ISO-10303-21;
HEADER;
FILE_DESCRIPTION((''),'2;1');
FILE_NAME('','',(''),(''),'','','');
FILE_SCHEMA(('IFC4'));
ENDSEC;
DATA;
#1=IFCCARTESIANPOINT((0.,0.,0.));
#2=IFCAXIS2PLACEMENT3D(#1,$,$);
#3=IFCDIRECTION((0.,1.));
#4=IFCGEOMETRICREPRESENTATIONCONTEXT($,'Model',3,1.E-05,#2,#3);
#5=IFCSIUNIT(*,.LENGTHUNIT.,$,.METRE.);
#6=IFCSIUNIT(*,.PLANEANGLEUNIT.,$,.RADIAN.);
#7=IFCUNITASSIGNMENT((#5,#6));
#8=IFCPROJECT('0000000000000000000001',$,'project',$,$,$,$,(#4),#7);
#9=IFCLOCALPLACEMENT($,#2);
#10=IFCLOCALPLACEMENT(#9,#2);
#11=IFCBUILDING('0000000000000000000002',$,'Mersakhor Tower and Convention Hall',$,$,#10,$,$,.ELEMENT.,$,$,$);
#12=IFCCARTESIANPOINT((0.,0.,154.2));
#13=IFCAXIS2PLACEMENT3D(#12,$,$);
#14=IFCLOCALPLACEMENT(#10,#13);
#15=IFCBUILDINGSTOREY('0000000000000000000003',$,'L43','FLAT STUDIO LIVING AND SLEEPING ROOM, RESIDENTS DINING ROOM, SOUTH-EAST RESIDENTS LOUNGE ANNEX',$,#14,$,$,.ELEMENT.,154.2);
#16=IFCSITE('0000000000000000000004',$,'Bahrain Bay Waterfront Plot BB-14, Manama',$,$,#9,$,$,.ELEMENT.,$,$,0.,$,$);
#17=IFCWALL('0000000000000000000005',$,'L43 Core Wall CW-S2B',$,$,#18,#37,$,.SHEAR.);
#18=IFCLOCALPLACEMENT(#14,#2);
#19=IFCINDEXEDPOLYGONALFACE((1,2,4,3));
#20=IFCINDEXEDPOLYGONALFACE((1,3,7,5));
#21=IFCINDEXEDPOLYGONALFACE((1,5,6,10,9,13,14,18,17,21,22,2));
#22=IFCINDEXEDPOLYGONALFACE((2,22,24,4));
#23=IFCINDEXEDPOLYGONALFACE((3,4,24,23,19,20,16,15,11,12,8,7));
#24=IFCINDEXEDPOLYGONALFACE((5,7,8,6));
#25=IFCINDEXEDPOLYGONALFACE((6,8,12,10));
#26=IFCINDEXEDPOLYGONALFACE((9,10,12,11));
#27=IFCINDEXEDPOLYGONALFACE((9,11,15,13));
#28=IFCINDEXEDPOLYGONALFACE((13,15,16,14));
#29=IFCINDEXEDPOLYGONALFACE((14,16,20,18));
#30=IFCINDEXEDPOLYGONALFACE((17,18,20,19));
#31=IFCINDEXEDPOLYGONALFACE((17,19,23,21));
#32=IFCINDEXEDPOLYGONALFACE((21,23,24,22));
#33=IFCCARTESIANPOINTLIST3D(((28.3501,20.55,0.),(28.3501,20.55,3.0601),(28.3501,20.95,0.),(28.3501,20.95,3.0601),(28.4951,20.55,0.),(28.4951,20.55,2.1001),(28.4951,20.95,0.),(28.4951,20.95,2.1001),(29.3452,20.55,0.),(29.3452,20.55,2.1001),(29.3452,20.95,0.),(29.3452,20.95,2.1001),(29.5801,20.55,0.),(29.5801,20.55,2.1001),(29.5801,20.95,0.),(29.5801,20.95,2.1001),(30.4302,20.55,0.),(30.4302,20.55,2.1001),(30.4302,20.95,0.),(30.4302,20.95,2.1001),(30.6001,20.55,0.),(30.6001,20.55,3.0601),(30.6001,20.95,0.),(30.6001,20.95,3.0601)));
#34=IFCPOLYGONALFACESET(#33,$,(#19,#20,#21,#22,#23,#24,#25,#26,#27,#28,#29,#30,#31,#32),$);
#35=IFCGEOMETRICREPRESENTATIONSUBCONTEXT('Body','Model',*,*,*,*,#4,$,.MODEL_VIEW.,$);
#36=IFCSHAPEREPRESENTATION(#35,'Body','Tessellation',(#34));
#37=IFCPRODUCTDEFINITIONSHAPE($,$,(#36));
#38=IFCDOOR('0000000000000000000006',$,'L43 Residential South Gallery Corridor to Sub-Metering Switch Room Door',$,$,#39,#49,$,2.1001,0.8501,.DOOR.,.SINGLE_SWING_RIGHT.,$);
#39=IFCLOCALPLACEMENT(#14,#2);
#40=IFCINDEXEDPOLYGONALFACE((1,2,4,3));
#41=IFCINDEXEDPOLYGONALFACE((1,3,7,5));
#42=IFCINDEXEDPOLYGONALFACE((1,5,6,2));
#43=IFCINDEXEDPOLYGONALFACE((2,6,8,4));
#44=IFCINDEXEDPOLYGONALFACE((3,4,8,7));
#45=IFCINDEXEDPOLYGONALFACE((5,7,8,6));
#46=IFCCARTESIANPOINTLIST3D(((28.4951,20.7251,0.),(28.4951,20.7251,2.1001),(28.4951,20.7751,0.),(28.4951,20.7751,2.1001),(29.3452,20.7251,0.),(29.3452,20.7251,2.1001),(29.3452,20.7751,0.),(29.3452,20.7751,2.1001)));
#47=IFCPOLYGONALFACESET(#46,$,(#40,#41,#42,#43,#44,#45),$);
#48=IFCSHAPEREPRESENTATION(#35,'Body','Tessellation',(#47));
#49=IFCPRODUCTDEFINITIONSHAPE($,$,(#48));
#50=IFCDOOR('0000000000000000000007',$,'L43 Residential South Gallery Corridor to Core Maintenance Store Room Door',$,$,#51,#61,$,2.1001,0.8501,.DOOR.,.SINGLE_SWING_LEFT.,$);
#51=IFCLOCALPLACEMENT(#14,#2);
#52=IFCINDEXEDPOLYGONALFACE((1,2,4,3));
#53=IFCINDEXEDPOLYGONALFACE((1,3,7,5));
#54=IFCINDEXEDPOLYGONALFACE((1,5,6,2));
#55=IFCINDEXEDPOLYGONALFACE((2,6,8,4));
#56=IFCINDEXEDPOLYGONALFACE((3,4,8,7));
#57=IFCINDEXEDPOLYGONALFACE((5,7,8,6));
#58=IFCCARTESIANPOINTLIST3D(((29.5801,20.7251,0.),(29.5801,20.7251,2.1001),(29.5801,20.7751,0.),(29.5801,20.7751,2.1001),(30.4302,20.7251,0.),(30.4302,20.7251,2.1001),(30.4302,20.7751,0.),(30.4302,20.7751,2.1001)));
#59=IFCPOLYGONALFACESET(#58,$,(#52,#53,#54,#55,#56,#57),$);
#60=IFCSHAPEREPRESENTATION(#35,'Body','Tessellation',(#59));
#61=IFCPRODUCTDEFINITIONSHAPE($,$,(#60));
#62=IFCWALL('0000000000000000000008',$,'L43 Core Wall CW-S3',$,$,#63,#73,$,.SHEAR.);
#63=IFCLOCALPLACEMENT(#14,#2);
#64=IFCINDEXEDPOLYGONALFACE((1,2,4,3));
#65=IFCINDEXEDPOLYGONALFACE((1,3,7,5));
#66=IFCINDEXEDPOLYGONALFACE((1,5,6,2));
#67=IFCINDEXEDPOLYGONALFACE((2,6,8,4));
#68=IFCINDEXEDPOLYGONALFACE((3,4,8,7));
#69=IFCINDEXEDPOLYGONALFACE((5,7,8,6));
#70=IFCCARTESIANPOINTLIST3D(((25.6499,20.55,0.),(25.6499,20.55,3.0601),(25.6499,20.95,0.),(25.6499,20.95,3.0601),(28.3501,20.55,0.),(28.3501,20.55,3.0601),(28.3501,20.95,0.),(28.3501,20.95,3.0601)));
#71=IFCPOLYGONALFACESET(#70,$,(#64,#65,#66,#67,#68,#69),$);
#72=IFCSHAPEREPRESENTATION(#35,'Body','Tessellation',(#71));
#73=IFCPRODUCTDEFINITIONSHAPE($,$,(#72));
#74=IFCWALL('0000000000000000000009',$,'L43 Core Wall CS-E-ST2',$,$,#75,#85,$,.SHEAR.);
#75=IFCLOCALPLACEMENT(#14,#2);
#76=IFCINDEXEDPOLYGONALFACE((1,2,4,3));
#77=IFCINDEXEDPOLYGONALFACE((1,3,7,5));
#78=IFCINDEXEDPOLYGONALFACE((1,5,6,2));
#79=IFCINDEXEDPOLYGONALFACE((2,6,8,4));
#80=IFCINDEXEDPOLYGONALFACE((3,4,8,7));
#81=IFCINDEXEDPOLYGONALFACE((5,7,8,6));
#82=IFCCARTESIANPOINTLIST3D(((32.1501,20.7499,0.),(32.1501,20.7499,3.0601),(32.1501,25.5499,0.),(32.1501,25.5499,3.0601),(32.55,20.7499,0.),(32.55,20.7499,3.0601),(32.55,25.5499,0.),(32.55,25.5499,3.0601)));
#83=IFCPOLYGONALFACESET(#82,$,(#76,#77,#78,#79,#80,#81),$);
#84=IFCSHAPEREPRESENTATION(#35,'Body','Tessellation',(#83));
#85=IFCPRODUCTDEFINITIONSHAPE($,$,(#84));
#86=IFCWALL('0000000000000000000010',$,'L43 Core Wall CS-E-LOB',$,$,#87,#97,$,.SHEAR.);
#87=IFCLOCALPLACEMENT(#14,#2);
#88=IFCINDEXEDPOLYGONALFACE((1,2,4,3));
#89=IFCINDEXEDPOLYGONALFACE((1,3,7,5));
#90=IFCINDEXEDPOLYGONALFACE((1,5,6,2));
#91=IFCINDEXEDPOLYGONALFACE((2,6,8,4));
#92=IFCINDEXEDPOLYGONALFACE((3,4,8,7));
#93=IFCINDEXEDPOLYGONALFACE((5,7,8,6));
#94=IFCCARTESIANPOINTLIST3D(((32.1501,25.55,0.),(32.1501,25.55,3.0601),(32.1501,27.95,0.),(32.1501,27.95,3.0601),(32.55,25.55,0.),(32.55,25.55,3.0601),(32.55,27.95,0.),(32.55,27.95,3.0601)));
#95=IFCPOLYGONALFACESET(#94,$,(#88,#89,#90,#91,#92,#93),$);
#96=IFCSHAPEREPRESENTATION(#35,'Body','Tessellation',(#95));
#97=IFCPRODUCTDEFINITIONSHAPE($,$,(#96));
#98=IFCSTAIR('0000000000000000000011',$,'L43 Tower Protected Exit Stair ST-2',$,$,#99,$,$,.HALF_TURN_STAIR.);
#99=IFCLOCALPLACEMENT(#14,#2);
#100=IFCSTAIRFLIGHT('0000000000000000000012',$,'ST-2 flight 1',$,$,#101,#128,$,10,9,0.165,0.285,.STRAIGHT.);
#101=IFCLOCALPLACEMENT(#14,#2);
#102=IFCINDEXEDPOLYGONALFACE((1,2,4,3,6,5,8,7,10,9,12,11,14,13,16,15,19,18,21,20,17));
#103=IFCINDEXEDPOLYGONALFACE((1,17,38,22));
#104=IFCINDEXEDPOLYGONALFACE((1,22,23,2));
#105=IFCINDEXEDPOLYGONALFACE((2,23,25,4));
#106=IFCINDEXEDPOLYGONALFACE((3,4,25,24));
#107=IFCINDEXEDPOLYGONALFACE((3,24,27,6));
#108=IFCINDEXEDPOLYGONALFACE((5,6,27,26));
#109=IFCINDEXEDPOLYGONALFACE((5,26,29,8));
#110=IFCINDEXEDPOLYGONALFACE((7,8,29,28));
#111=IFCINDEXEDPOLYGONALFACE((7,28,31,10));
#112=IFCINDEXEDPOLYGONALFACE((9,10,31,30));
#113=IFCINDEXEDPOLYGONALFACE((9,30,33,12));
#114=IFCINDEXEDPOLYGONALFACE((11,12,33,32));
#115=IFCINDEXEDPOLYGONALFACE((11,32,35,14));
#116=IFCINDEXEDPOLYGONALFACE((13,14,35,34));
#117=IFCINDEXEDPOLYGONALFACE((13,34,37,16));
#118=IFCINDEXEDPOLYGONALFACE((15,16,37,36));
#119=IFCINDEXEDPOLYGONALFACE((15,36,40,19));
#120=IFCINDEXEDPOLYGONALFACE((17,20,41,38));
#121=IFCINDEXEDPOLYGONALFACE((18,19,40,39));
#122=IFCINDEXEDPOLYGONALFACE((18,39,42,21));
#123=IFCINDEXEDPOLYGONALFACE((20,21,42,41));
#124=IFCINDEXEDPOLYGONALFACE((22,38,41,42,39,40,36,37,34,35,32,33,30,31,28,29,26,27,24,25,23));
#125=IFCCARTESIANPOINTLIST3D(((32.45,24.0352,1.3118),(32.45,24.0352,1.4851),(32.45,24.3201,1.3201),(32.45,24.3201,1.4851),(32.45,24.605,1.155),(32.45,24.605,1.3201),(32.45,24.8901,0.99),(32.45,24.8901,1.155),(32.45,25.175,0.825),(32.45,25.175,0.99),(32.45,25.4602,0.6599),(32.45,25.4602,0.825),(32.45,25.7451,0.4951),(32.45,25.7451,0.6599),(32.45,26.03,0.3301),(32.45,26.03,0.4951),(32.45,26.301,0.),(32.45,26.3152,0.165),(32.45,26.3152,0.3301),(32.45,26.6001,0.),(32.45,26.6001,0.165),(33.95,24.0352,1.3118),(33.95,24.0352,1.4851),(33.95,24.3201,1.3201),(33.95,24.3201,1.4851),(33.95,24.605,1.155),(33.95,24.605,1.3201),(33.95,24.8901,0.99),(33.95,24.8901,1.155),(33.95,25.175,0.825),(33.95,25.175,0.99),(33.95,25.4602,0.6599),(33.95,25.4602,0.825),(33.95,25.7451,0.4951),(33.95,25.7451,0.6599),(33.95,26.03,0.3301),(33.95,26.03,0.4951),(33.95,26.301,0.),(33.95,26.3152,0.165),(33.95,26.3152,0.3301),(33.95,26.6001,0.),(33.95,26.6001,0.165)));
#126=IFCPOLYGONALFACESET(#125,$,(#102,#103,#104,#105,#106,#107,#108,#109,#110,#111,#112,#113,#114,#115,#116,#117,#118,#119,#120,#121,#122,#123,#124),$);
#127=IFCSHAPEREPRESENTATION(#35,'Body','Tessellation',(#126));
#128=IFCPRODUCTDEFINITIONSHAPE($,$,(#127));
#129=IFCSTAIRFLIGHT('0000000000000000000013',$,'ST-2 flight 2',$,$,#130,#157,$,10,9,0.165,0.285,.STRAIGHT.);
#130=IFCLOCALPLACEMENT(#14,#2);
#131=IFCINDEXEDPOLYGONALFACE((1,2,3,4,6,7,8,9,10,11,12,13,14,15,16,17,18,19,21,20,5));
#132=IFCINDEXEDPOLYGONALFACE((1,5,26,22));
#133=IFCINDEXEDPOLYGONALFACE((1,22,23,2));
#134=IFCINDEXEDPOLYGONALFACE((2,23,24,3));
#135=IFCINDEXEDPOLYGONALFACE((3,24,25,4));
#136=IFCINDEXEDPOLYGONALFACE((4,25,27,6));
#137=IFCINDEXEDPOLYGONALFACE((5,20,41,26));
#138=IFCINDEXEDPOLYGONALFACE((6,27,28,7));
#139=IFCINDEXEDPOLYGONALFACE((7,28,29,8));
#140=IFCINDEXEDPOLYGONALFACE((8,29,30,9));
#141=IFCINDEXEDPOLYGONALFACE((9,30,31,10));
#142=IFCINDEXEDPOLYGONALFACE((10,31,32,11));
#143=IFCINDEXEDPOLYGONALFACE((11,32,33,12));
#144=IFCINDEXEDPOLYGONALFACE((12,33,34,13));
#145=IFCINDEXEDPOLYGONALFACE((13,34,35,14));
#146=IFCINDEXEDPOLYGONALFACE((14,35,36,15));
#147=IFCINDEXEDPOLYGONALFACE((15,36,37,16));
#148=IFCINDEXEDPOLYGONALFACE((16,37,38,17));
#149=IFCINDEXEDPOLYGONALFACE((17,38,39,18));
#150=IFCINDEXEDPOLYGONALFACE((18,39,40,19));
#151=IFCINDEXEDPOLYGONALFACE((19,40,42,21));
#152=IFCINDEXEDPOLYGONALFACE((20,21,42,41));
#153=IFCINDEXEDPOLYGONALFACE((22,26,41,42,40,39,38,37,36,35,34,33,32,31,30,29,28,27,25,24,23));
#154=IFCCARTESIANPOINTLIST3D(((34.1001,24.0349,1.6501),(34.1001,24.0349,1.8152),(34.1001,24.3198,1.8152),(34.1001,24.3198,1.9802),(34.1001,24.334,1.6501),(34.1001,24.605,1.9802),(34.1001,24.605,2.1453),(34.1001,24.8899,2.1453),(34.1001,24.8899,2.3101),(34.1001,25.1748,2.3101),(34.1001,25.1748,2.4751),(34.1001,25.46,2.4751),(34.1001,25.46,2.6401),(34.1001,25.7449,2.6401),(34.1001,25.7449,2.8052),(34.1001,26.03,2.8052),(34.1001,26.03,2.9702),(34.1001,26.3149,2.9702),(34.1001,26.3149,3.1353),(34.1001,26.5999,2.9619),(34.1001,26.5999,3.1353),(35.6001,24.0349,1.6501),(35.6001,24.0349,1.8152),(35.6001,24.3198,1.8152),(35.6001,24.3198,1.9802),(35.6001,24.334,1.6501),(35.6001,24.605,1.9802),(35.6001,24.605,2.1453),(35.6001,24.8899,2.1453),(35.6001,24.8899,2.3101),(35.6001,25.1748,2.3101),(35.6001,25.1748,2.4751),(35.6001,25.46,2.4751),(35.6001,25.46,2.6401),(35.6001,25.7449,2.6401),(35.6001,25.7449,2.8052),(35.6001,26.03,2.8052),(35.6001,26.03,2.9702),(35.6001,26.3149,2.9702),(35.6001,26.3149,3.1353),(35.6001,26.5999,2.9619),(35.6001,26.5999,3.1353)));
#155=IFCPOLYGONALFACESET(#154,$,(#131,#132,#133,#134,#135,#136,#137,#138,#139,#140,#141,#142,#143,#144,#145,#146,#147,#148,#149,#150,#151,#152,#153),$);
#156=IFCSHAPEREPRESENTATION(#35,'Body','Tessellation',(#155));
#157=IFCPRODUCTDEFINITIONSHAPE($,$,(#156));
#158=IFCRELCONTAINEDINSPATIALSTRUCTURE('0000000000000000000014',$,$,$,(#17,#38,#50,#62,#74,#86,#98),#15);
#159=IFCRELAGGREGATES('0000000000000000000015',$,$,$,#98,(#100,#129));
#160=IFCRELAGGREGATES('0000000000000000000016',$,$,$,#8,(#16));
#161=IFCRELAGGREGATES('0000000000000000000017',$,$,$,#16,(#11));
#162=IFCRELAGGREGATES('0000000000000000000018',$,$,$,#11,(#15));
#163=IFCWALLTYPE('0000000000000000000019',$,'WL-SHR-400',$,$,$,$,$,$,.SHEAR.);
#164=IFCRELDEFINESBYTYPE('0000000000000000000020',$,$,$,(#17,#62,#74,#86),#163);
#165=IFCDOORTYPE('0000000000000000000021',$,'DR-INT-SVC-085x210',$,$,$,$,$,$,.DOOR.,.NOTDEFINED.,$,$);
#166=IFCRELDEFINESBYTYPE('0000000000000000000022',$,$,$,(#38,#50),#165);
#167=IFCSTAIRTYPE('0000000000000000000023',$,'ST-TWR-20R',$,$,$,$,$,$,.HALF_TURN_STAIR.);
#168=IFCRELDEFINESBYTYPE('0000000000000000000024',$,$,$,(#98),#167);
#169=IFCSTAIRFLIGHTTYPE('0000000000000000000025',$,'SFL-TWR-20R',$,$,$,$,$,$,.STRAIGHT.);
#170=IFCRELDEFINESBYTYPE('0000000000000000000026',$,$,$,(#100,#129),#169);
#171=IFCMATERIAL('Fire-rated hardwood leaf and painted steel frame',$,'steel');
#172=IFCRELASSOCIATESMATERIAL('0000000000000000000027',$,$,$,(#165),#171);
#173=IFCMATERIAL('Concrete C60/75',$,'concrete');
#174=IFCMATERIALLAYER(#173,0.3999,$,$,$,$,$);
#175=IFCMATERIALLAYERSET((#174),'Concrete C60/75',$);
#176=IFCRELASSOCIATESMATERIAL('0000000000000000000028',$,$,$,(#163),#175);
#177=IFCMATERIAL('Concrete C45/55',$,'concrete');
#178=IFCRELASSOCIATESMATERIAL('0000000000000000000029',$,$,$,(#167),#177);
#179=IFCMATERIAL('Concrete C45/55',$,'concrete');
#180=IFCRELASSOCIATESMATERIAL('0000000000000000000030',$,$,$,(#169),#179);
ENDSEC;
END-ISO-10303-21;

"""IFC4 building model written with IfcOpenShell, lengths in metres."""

from ifc_helpers import new_model, si_unit, direction, frame, frame_2d, origin, place, context, subcontext, project, spatial, polyline, rectangle, outline, extrude, material, layer, layer_set, type_object, element, fill, aggregate, save


model = new_model("IFC4")

# Units and contexts
model_context = context("Model", 3, precision=1e-05, world=origin(), true_north=direction((0.0, 1.0)))
body_context = subcontext(model_context, "Body", "Model", "MODEL_VIEW")
ifc_project = project(units=[si_unit("LENGTHUNIT", "METRE"), si_unit("PLANEANGLEUNIT", "RADIAN")], contexts=[model_context])

# Site, building, storey
site_placement = place(None, origin())
site = spatial("IfcSite", under=ifc_project, at=site_placement, Name="Bahrain Bay Waterfront Plot BB-14, Manama", CompositionType="ELEMENT", RefElevation=0.0)
building_placement = place(site_placement, origin())
building = spatial("IfcBuilding", under=site, at=building_placement, Name="Mersakhor Tower and Convention Hall", CompositionType="ELEMENT")
storey_placement = place(building_placement, frame((0.0, 0.0, 154.2)))
storey = spatial("IfcBuildingStorey", under=building, at=storey_placement, Name="L43", Description="FLAT STUDIO LIVING AND SLEEPING ROOM, RESIDENTS DINING ROOM, SOUTH-EAST RESIDENTS LOUNGE ANNEX", CompositionType="ELEMENT", Elevation=154.2)

# Shared definitions
ifc_material_1 = material(Name="Fire-rated hardwood leaf and painted steel frame", Category="steel")
door_type_1 = type_object("IfcDoorType", Name="DR-INT-SVC-085x210", OperationType="NOTDEFINED", PredefinedType="DOOR", material=ifc_material_1)

# Shared definitions
ifc_material_2 = material(Name="Concrete C60/75", Category="concrete")
ifc_layer_1 = layer(ifc_material_2, 0.3999)
ifc_layer_set_1 = layer_set([ifc_layer_1], Name="Concrete C60/75")
wall_type_1 = type_object("IfcWallType", Name="WL-SHR-400", PredefinedType="SHEAR", material=ifc_layer_set_1)

# Wall, openings, doors
wall_1_placement = place(storey_placement, frame((30.6001, 20.75, 0.0), z_axis=(0.0, 0.0, 1.0), x_axis=(-1.0, 0.0, 0.0)))
wall_1 = element("IfcWall", 1, at=wall_1_placement, inside=storey, type_object=wall_type_1, Name="L43 Core Wall CW-S2B", PredefinedType="SHEAR", context=body_context, shape_type="SweptSolid", body=[
    extrude(rectangle(XDim=2.25, YDim=0.3999, at=frame_2d((1.125, 0.0))), origin(), (0.0, 0.0, 1.0), 3.0601),
])
opening_1_placement = place(wall_1_placement, frame((1.2549, 0.0, 0.0)))
opening_1 = element("IfcOpeningElement", 2, at=opening_1_placement, cuts=wall_1, PredefinedType="OPENING", context=body_context, shape_type="SweptSolid", body=[
    extrude(rectangle(XDim=0.8501, YDim=2.1001, at=frame_2d((0.425, 1.05))), frame((0.0, 0.21, 0.0), z_axis=(0.0, -1.0, 0.0), x_axis=(1.0, 0.0, 0.0)), (0.0, 0.0, 1.0), 0.4199),
])
opening_2_placement = place(wall_1_placement, frame((0.1699, 0.0, 0.0)))
opening_2 = element("IfcOpeningElement", 3, at=opening_2_placement, cuts=wall_1, PredefinedType="OPENING", context=body_context, shape_type="SweptSolid", body=[
    extrude(rectangle(XDim=0.8501, YDim=2.1001, at=frame_2d((0.425, 1.05))), frame((0.0, 0.21, 0.0), z_axis=(0.0, -1.0, 0.0), x_axis=(1.0, 0.0, 0.0)), (0.0, 0.0, 1.0), 0.4199),
])
door_1_placement = place(opening_1_placement, origin())
door_1 = element("IfcDoor", 4, at=door_1_placement, inside=storey, type_object=door_type_1, Name="L43 Residential South Gallery Corridor to Sub-Metering Switch Room Door", OperationType="SINGLE_SWING_RIGHT", OverallHeight=2.1001, OverallWidth=0.8501, PredefinedType="DOOR", context=body_context, shape_type="SweptSolid", body=[
    extrude(rectangle(XDim=0.8501, YDim=2.1001, at=frame_2d((0.425, 1.05))), frame((0.0, 0.0249, 0.0), z_axis=(0.0, -1.0, 0.0), x_axis=(1.0, 0.0, 0.0)), (0.0, 0.0, 1.0), 0.05),
])
fill(opening_1, door_1)
door_2_placement = place(opening_2_placement, origin())
door_2 = element("IfcDoor", 5, at=door_2_placement, inside=storey, type_object=door_type_1, Name="L43 Residential South Gallery Corridor to Core Maintenance Store Room Door", OperationType="SINGLE_SWING_LEFT", OverallHeight=2.1001, OverallWidth=0.8501, PredefinedType="DOOR", context=body_context, shape_type="SweptSolid", body=[
    extrude(rectangle(XDim=0.8501, YDim=2.1001, at=frame_2d((0.425, 1.05))), frame((0.0, 0.0249, 0.0), z_axis=(0.0, -1.0, 0.0), x_axis=(1.0, 0.0, 0.0)), (0.0, 0.0, 1.0), 0.05),
])
fill(opening_2, door_2)

# Walls
wall_2_placement = place(storey_placement, frame((28.3501, 20.75, 0.0), z_axis=(0.0, 0.0, 1.0), x_axis=(-1.0, 0.0, 0.0)))
element("IfcWall", 6, at=wall_2_placement, inside=storey, type_object=wall_type_1, Name="L43 Core Wall CW-S3", PredefinedType="SHEAR", context=body_context, shape_type="SweptSolid", body=[
    extrude(rectangle(XDim=2.7002, YDim=0.3999, at=frame_2d((1.3501, 0.0))), origin(), (0.0, 0.0, 1.0), 3.0601),
])
wall_3_placement = place(storey_placement, frame((32.3501, 20.75, 0.0), z_axis=(0.0, 0.0, 1.0), x_axis=(0.0, 1.0, 0.0)))
element("IfcWall", 7, at=wall_3_placement, inside=storey, type_object=wall_type_1, Name="L43 Core Wall CS-E-ST2", PredefinedType="SHEAR", context=body_context, shape_type="SweptSolid", body=[
    extrude(rectangle(XDim=4.8, YDim=0.3999, at=frame_2d((2.3999, 0.0))), origin(), (0.0, 0.0, 1.0), 3.0601),
])
wall_4_placement = place(storey_placement, frame((32.3501, 25.55, 0.0), z_axis=(0.0, 0.0, 1.0), x_axis=(0.0, 1.0, 0.0)))
element("IfcWall", 8, at=wall_4_placement, inside=storey, type_object=wall_type_1, Name="L43 Core Wall CS-E-LOB", PredefinedType="SHEAR", context=body_context, shape_type="SweptSolid", body=[
    extrude(rectangle(XDim=2.3999, YDim=0.3999, at=frame_2d((1.2, 0.0))), origin(), (0.0, 0.0, 1.0), 3.0601),
])

# Stair, stair flights
ifc_material_3 = material(Name="Concrete C45/55", Category="concrete")
stair_type = type_object("IfcStairType", Name="ST-TWR-20R", PredefinedType="HALF_TURN_STAIR", material=ifc_material_3)
stair_placement = place(storey_placement, origin())
stair = element("IfcStair", 9, at=stair_placement, inside=storey, type_object=stair_type, Name="L43 Tower Protected Exit Stair ST-2", PredefinedType="HALF_TURN_STAIR")
ifc_material_4 = material(Name="Concrete C45/55", Category="concrete")
stair_flight_type = type_object("IfcStairFlightType", Name="SFL-TWR-20R", PredefinedType="STRAIGHT", material=ifc_material_4)
stair_flight_1_placement = place(storey_placement, frame((33.2, 26.6001, 0.0), z_axis=(0.0, 0.0, 1.0), x_axis=(0.0, -1.0, 0.0)))
stair_flight_1 = element("IfcStairFlight", 10, at=stair_flight_1_placement, type_object=stair_flight_type, Name="ST-2 flight 1", NumberOfRisers=10, NumberOfTreads=9, PredefinedType="STRAIGHT", RiserHeight=0.165, TreadLength=0.285, context=body_context, shape_type="SweptSolid", body=[
    extrude(outline(polyline([(0.0, 0.0), (0.0, 0.165), (0.2849, 0.165), (0.2849, 0.3301), (0.5701, 0.3301), (0.5701, 0.4951), (0.855, 0.4951), (0.855, 0.6599), (1.1399, 0.6599), (1.1399, 0.825), (1.425, 0.825), (1.425, 0.99), (1.71, 0.99), (1.71, 1.155), (1.9951, 1.155), (1.9951, 1.3201), (2.28, 1.3201), (2.28, 1.4851), (2.5649, 1.4851), (2.5649, 1.6499), (2.5649, 1.3118), (0.2991, 0.0), (0.0, 0.0)])), frame((0.0, 0.75, 0.0), z_axis=(0.0, -1.0, 0.0), x_axis=(1.0, 0.0, 0.0)), (0.0, 0.0, 1.0), 1.5),
])
stair_flight_2_placement = place(storey_placement, frame((34.8501, 24.0349, 1.6501), z_axis=(0.0, 0.0, 1.0), x_axis=(0.0, 1.0, 0.0)))
stair_flight_2 = element("IfcStairFlight", 11, at=stair_flight_2_placement, type_object=stair_flight_type, Name="ST-2 flight 2", NumberOfRisers=10, NumberOfTreads=9, PredefinedType="STRAIGHT", RiserHeight=0.165, TreadLength=0.285, context=body_context, shape_type="SweptSolid", body=[
    extrude(outline(polyline([(0.0, 0.0), (0.0, 0.165), (0.2849, 0.165), (0.2849, 0.3301), (0.5701, 0.3301), (0.5701, 0.4951), (0.855, 0.4951), (0.855, 0.6599), (1.1399, 0.6599), (1.1399, 0.825), (1.425, 0.825), (1.425, 0.99), (1.71, 0.99), (1.71, 1.155), (1.9951, 1.155), (1.9951, 1.3201), (2.28, 1.3201), (2.28, 1.4851), (2.5649, 1.4851), (2.5649, 1.6499), (2.5649, 1.3118), (0.2991, 0.0), (0.0, 0.0)])), frame((0.0, 0.75, 0.0), z_axis=(0.0, -1.0, 0.0), x_axis=(1.0, 0.0, 0.0)), (0.0, 0.0, 1.0), 1.5),
])
aggregate(stair, [stair_flight_1, stair_flight_2])

save(model, "model.ifc")
